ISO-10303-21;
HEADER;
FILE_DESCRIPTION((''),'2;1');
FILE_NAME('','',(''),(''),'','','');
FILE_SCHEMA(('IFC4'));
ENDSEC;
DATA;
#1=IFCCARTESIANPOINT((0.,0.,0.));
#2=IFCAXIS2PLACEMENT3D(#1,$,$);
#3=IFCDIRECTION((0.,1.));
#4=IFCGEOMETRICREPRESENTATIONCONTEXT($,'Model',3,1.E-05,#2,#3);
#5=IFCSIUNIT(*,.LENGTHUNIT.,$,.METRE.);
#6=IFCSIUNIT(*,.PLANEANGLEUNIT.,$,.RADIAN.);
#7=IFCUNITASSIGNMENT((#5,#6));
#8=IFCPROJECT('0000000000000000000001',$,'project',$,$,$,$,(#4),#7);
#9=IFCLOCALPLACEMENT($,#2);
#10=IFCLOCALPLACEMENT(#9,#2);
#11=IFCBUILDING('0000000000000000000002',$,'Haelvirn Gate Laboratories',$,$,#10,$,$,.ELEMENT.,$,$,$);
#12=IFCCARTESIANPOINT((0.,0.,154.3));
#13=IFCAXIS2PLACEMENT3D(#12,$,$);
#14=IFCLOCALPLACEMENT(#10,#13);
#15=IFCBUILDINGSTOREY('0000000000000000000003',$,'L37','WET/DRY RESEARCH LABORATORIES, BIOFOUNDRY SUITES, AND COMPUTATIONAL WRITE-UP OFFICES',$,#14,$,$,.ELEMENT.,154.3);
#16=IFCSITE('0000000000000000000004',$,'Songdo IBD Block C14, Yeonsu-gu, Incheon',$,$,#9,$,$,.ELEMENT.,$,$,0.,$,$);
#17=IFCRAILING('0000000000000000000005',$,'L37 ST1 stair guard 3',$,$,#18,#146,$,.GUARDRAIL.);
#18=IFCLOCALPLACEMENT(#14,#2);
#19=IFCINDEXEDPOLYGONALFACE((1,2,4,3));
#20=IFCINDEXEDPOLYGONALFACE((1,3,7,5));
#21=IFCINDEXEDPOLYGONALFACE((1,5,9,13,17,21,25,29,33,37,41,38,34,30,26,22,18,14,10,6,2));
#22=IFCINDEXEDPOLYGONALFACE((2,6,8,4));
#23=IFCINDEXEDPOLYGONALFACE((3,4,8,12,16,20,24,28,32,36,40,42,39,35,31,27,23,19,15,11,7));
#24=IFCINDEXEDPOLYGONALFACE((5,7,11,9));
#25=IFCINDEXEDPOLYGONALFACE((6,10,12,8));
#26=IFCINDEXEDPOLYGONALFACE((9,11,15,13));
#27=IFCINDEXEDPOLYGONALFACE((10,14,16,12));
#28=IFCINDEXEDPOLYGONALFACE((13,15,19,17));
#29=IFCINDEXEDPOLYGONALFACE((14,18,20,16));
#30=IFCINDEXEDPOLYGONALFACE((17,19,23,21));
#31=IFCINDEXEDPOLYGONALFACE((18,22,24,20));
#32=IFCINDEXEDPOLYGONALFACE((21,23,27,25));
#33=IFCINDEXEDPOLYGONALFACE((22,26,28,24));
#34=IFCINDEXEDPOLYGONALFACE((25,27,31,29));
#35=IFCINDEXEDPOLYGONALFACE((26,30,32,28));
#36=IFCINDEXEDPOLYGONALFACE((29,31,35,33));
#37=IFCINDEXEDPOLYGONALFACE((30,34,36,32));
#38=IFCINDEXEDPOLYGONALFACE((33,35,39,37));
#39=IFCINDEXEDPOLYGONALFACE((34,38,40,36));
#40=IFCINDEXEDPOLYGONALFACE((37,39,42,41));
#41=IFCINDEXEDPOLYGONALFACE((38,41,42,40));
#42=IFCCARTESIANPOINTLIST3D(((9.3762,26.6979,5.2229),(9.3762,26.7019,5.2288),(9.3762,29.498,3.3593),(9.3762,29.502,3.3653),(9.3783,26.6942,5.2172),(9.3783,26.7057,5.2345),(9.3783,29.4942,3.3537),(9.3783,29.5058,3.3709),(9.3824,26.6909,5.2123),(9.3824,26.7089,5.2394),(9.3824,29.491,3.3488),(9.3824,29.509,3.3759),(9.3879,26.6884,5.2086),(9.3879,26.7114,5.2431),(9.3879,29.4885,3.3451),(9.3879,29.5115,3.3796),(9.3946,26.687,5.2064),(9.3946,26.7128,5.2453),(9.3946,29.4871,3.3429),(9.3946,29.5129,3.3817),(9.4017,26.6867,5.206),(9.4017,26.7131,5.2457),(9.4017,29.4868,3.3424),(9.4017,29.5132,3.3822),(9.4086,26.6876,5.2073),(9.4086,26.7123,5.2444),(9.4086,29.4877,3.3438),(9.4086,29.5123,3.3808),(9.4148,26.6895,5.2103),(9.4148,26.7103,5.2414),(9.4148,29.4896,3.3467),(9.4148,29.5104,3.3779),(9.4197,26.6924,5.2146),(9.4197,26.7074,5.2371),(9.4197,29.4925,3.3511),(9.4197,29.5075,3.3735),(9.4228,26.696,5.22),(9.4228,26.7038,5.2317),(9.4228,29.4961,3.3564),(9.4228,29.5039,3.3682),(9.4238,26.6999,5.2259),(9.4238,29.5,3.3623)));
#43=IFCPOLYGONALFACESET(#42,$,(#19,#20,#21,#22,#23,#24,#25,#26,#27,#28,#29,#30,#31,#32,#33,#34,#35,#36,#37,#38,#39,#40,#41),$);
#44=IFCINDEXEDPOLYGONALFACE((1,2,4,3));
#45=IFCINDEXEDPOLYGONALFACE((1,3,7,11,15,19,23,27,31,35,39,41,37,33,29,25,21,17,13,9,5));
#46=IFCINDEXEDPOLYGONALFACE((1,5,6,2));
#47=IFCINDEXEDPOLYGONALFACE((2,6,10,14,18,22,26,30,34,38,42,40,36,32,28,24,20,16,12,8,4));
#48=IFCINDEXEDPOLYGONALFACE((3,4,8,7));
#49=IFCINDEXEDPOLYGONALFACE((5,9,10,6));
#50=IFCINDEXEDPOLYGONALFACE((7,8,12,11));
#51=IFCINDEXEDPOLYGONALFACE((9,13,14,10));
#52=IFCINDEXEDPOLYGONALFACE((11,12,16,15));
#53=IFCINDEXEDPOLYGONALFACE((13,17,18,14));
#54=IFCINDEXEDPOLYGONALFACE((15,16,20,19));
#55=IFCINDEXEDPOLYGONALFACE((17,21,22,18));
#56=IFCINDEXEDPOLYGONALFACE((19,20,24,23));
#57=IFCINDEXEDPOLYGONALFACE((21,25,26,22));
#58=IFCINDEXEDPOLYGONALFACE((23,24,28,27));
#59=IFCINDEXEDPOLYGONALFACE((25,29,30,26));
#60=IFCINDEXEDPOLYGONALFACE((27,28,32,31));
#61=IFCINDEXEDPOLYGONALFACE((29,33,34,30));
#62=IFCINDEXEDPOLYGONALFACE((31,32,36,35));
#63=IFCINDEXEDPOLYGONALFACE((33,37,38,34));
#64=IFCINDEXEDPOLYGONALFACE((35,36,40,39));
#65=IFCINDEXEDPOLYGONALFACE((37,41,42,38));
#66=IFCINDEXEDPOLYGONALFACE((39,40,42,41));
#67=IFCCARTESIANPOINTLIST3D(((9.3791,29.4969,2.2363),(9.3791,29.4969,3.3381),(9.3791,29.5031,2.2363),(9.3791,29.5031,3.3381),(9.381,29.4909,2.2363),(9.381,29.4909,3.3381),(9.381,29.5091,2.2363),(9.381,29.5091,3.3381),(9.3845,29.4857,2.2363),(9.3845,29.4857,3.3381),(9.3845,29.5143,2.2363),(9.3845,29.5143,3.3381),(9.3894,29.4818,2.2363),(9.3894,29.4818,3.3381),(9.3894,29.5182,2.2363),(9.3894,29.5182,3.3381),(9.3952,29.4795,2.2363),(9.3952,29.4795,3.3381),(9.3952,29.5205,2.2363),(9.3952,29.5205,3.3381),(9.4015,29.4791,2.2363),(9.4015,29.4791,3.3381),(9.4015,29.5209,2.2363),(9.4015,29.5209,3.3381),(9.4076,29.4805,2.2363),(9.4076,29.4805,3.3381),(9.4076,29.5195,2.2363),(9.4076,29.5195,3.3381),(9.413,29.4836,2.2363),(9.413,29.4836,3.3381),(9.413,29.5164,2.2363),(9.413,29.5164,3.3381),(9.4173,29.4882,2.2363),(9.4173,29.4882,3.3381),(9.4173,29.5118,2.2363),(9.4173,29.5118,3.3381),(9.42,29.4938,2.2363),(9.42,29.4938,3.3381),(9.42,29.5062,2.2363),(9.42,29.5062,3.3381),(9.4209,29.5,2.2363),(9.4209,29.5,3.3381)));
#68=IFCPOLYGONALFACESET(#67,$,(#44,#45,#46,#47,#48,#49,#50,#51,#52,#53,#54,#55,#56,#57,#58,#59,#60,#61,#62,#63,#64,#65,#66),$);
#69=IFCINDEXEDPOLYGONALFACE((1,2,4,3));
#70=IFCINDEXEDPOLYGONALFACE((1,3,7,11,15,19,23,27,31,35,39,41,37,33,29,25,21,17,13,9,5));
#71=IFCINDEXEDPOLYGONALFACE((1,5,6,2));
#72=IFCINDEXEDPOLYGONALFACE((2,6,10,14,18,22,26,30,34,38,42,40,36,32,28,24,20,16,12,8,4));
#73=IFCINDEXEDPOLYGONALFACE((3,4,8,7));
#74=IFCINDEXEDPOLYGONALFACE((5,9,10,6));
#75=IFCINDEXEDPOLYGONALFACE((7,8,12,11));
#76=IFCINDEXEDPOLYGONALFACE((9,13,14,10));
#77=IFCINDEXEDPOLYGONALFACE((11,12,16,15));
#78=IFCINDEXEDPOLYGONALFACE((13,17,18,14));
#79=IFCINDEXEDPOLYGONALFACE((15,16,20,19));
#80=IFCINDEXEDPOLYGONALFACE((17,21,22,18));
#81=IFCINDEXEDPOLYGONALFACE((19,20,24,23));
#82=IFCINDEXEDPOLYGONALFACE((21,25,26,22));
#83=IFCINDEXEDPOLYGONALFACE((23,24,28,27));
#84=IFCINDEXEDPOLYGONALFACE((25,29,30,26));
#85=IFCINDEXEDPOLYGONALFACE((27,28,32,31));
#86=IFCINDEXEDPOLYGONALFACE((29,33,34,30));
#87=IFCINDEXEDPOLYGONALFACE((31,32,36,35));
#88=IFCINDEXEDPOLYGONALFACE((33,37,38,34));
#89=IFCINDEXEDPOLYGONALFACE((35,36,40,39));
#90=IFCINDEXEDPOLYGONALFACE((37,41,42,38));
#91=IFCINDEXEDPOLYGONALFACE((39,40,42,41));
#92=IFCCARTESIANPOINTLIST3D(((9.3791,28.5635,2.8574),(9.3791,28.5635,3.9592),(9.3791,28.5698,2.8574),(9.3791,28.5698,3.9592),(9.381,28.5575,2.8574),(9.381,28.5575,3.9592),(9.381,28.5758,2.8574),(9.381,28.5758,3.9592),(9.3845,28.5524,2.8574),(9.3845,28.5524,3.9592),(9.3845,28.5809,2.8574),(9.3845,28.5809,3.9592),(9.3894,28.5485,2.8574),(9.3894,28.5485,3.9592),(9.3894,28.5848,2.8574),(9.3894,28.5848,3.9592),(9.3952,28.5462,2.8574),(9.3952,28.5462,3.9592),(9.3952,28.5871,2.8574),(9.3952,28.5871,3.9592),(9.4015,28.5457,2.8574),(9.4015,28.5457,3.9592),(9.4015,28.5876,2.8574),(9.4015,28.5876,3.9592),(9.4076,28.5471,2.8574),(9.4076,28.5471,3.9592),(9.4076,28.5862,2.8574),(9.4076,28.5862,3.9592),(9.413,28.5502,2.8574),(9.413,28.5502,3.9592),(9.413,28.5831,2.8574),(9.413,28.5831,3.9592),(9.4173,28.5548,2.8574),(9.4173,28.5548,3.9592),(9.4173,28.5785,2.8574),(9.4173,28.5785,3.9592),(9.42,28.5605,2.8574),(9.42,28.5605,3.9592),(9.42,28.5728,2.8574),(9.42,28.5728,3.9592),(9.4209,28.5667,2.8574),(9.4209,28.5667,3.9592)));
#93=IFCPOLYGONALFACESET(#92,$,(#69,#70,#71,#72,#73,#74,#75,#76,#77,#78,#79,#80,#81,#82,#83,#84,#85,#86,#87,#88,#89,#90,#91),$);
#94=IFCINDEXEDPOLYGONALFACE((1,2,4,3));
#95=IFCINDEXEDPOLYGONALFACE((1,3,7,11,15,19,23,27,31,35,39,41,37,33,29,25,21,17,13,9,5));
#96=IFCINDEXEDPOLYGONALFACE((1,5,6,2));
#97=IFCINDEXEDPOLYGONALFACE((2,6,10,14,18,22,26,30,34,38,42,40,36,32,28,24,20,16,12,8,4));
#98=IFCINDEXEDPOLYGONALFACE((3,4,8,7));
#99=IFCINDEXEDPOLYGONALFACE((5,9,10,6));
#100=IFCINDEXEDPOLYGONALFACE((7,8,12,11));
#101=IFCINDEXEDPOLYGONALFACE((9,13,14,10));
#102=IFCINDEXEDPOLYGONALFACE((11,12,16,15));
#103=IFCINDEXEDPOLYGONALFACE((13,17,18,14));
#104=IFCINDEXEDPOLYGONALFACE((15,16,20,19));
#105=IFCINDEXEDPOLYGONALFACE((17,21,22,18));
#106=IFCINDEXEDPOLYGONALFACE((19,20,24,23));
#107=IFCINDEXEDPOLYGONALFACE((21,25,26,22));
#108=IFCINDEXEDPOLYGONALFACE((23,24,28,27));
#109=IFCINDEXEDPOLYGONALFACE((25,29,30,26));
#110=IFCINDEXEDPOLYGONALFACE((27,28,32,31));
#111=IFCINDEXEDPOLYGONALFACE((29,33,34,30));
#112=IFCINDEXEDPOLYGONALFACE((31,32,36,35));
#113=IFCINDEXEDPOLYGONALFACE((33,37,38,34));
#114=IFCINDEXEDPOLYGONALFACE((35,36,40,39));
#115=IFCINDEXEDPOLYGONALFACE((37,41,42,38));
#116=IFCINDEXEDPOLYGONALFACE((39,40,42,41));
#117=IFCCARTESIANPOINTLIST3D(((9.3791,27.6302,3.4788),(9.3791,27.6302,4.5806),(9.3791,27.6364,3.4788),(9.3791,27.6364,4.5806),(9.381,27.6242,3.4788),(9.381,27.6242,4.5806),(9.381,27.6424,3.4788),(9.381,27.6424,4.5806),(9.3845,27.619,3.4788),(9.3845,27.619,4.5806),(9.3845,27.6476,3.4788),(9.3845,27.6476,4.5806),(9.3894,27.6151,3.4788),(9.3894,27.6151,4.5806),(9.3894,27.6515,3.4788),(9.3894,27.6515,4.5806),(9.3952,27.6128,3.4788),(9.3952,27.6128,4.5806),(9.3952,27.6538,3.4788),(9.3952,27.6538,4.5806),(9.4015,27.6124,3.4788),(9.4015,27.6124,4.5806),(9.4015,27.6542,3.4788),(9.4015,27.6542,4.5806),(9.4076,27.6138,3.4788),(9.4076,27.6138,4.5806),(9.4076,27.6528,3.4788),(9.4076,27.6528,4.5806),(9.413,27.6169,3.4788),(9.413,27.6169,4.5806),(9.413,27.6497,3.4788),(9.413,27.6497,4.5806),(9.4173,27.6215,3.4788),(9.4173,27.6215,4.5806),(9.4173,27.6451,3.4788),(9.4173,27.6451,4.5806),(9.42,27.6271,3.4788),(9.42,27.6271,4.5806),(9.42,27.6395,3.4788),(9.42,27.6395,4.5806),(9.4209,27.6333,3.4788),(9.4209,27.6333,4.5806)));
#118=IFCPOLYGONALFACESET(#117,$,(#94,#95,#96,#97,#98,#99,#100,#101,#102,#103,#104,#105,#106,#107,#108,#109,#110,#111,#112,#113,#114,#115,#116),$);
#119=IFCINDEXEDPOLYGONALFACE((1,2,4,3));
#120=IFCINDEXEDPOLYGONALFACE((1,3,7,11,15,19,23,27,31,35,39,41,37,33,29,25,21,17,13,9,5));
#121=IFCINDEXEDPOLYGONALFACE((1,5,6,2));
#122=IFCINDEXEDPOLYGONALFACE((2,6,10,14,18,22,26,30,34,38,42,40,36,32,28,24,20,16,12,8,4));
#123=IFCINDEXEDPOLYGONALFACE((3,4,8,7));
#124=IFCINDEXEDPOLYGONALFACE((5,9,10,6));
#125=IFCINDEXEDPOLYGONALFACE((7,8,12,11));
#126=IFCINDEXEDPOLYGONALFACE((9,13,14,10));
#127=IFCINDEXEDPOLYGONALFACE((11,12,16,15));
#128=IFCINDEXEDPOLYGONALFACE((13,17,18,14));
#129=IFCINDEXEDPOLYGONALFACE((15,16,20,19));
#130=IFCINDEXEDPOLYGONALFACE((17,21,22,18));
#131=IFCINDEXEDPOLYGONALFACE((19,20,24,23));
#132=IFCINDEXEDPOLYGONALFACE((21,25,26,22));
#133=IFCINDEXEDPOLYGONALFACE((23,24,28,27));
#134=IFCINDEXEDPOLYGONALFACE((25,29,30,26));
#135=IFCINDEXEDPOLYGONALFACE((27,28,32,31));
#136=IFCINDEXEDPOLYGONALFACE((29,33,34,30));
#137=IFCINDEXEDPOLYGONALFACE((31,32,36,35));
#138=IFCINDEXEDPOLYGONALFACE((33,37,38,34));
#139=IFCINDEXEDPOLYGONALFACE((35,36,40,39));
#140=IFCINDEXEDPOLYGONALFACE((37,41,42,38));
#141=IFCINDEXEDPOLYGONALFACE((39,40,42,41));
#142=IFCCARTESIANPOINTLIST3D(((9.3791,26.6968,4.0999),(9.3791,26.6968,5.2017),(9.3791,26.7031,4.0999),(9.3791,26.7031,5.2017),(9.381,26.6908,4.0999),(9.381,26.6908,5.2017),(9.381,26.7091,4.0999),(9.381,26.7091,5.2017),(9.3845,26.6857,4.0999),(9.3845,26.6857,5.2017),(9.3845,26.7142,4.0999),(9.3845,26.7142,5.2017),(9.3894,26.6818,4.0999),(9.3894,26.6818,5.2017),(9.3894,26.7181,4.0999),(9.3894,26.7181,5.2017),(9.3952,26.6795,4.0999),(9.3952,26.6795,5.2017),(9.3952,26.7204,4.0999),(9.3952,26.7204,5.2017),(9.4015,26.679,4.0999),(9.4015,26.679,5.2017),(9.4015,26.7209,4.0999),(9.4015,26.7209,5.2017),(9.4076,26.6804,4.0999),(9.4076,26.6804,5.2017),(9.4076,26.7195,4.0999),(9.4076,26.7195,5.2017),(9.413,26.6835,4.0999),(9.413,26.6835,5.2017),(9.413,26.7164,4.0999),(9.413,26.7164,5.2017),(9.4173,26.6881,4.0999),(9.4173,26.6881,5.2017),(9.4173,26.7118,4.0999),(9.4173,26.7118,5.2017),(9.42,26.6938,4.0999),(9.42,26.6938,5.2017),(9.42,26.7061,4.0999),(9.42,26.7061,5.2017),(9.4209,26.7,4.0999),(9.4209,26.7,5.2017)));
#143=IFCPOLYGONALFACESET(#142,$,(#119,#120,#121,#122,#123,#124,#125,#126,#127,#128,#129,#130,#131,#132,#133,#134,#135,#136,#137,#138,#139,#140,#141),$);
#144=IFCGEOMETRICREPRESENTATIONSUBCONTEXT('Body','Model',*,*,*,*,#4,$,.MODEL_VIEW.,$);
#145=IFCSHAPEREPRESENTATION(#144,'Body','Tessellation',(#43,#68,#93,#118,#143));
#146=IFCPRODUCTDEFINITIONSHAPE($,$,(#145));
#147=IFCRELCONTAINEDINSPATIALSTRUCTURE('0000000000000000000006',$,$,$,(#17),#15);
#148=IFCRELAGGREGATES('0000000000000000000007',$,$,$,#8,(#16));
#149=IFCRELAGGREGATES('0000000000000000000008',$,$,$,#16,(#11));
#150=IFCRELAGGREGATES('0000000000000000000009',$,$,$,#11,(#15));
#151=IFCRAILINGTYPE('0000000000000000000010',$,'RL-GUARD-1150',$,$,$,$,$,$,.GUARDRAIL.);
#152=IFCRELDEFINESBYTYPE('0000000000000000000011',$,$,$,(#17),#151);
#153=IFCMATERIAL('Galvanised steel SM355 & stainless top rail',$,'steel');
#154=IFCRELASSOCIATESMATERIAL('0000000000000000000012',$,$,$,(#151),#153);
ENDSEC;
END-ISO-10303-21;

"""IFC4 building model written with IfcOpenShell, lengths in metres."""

from ifc_helpers import new_model, si_unit, direction, frame, origin, origin_2d, place, context, subcontext, project, spatial, circle, extrude, source, transform, mapped, material, type_object, element, save


model = new_model("IFC4")

# Units and contexts
model_context = context("Model", 3, precision=1e-05, world=origin(), true_north=direction((0.0, 1.0)))
body_context = subcontext(model_context, "Body", "Model", "MODEL_VIEW")
ifc_project = project(units=[si_unit("LENGTHUNIT", "METRE"), si_unit("PLANEANGLEUNIT", "RADIAN")], contexts=[model_context])

# Site, building, storey
site_placement = place(None, origin())
site = spatial("IfcSite", under=ifc_project, at=site_placement, Name="Songdo IBD Block C14, Yeonsu-gu, Incheon", CompositionType="ELEMENT", RefElevation=0.0)
building_placement = place(site_placement, origin())
building = spatial("IfcBuilding", under=site, at=building_placement, Name="Haelvirn Gate Laboratories", CompositionType="ELEMENT")
storey_placement = place(building_placement, frame((0.0, 0.0, 154.3)))
storey = spatial("IfcBuildingStorey", under=building, at=storey_placement, Name="L37", Description="WET/DRY RESEARCH LABORATORIES, BIOFOUNDRY SUITES, AND COMPUTATIONAL WRITE-UP OFFICES", CompositionType="ELEMENT", Elevation=154.3)

# Railing
ifc_material_1 = material(Name="Galvanised steel SM355 & stainless top rail", Category="steel")
railing_type_1 = type_object("IfcRailingType", Name="RL-GUARD-1150", PredefinedType="GUARDRAIL", material=ifc_material_1)
shared_shape_1 = source(origin(), body_context, "Body", "SweptSolid", [
    extrude(circle(Radius=0.0239, at=origin_2d()), frame((0.0, 0.0, 1.126), z_axis=(0.0, -0.832486, 0.554047), x_axis=(1.0, 0.0, 0.0)), (0.0, 0.0, 1.0), 3.3635),
    extrude(circle(Radius=0.021, at=origin_2d()), origin(), (0.0, 0.0, 1.0), 1.1018),
    extrude(circle(Radius=0.021, at=origin_2d()), frame((0.0, -0.9333, 0.6211)), (0.0, 0.0, 1.0), 1.1018),
    extrude(circle(Radius=0.021, at=origin_2d()), frame((0.0, -1.8667, 1.2424)), (0.0, 0.0, 1.0), 1.1018),
    extrude(circle(Radius=0.021, at=origin_2d()), frame((0.0, -2.8, 1.8635)), (0.0, 0.0, 1.0), 1.1018),
])
railing_1_placement = place(storey_placement, frame((9.3999, 29.5, 2.2363)))
element("IfcRailing", 1, at=railing_1_placement, inside=storey, type_object=railing_type_1, Name="L37 ST1 stair guard 3", PredefinedType="GUARDRAIL", context=body_context, shape_type="MappedRepresentation", body=[
    mapped(shared_shape_1, transform((0.0, 0.0, 0.0), scale=1.0)),
])

save(model, "model.ifc")
